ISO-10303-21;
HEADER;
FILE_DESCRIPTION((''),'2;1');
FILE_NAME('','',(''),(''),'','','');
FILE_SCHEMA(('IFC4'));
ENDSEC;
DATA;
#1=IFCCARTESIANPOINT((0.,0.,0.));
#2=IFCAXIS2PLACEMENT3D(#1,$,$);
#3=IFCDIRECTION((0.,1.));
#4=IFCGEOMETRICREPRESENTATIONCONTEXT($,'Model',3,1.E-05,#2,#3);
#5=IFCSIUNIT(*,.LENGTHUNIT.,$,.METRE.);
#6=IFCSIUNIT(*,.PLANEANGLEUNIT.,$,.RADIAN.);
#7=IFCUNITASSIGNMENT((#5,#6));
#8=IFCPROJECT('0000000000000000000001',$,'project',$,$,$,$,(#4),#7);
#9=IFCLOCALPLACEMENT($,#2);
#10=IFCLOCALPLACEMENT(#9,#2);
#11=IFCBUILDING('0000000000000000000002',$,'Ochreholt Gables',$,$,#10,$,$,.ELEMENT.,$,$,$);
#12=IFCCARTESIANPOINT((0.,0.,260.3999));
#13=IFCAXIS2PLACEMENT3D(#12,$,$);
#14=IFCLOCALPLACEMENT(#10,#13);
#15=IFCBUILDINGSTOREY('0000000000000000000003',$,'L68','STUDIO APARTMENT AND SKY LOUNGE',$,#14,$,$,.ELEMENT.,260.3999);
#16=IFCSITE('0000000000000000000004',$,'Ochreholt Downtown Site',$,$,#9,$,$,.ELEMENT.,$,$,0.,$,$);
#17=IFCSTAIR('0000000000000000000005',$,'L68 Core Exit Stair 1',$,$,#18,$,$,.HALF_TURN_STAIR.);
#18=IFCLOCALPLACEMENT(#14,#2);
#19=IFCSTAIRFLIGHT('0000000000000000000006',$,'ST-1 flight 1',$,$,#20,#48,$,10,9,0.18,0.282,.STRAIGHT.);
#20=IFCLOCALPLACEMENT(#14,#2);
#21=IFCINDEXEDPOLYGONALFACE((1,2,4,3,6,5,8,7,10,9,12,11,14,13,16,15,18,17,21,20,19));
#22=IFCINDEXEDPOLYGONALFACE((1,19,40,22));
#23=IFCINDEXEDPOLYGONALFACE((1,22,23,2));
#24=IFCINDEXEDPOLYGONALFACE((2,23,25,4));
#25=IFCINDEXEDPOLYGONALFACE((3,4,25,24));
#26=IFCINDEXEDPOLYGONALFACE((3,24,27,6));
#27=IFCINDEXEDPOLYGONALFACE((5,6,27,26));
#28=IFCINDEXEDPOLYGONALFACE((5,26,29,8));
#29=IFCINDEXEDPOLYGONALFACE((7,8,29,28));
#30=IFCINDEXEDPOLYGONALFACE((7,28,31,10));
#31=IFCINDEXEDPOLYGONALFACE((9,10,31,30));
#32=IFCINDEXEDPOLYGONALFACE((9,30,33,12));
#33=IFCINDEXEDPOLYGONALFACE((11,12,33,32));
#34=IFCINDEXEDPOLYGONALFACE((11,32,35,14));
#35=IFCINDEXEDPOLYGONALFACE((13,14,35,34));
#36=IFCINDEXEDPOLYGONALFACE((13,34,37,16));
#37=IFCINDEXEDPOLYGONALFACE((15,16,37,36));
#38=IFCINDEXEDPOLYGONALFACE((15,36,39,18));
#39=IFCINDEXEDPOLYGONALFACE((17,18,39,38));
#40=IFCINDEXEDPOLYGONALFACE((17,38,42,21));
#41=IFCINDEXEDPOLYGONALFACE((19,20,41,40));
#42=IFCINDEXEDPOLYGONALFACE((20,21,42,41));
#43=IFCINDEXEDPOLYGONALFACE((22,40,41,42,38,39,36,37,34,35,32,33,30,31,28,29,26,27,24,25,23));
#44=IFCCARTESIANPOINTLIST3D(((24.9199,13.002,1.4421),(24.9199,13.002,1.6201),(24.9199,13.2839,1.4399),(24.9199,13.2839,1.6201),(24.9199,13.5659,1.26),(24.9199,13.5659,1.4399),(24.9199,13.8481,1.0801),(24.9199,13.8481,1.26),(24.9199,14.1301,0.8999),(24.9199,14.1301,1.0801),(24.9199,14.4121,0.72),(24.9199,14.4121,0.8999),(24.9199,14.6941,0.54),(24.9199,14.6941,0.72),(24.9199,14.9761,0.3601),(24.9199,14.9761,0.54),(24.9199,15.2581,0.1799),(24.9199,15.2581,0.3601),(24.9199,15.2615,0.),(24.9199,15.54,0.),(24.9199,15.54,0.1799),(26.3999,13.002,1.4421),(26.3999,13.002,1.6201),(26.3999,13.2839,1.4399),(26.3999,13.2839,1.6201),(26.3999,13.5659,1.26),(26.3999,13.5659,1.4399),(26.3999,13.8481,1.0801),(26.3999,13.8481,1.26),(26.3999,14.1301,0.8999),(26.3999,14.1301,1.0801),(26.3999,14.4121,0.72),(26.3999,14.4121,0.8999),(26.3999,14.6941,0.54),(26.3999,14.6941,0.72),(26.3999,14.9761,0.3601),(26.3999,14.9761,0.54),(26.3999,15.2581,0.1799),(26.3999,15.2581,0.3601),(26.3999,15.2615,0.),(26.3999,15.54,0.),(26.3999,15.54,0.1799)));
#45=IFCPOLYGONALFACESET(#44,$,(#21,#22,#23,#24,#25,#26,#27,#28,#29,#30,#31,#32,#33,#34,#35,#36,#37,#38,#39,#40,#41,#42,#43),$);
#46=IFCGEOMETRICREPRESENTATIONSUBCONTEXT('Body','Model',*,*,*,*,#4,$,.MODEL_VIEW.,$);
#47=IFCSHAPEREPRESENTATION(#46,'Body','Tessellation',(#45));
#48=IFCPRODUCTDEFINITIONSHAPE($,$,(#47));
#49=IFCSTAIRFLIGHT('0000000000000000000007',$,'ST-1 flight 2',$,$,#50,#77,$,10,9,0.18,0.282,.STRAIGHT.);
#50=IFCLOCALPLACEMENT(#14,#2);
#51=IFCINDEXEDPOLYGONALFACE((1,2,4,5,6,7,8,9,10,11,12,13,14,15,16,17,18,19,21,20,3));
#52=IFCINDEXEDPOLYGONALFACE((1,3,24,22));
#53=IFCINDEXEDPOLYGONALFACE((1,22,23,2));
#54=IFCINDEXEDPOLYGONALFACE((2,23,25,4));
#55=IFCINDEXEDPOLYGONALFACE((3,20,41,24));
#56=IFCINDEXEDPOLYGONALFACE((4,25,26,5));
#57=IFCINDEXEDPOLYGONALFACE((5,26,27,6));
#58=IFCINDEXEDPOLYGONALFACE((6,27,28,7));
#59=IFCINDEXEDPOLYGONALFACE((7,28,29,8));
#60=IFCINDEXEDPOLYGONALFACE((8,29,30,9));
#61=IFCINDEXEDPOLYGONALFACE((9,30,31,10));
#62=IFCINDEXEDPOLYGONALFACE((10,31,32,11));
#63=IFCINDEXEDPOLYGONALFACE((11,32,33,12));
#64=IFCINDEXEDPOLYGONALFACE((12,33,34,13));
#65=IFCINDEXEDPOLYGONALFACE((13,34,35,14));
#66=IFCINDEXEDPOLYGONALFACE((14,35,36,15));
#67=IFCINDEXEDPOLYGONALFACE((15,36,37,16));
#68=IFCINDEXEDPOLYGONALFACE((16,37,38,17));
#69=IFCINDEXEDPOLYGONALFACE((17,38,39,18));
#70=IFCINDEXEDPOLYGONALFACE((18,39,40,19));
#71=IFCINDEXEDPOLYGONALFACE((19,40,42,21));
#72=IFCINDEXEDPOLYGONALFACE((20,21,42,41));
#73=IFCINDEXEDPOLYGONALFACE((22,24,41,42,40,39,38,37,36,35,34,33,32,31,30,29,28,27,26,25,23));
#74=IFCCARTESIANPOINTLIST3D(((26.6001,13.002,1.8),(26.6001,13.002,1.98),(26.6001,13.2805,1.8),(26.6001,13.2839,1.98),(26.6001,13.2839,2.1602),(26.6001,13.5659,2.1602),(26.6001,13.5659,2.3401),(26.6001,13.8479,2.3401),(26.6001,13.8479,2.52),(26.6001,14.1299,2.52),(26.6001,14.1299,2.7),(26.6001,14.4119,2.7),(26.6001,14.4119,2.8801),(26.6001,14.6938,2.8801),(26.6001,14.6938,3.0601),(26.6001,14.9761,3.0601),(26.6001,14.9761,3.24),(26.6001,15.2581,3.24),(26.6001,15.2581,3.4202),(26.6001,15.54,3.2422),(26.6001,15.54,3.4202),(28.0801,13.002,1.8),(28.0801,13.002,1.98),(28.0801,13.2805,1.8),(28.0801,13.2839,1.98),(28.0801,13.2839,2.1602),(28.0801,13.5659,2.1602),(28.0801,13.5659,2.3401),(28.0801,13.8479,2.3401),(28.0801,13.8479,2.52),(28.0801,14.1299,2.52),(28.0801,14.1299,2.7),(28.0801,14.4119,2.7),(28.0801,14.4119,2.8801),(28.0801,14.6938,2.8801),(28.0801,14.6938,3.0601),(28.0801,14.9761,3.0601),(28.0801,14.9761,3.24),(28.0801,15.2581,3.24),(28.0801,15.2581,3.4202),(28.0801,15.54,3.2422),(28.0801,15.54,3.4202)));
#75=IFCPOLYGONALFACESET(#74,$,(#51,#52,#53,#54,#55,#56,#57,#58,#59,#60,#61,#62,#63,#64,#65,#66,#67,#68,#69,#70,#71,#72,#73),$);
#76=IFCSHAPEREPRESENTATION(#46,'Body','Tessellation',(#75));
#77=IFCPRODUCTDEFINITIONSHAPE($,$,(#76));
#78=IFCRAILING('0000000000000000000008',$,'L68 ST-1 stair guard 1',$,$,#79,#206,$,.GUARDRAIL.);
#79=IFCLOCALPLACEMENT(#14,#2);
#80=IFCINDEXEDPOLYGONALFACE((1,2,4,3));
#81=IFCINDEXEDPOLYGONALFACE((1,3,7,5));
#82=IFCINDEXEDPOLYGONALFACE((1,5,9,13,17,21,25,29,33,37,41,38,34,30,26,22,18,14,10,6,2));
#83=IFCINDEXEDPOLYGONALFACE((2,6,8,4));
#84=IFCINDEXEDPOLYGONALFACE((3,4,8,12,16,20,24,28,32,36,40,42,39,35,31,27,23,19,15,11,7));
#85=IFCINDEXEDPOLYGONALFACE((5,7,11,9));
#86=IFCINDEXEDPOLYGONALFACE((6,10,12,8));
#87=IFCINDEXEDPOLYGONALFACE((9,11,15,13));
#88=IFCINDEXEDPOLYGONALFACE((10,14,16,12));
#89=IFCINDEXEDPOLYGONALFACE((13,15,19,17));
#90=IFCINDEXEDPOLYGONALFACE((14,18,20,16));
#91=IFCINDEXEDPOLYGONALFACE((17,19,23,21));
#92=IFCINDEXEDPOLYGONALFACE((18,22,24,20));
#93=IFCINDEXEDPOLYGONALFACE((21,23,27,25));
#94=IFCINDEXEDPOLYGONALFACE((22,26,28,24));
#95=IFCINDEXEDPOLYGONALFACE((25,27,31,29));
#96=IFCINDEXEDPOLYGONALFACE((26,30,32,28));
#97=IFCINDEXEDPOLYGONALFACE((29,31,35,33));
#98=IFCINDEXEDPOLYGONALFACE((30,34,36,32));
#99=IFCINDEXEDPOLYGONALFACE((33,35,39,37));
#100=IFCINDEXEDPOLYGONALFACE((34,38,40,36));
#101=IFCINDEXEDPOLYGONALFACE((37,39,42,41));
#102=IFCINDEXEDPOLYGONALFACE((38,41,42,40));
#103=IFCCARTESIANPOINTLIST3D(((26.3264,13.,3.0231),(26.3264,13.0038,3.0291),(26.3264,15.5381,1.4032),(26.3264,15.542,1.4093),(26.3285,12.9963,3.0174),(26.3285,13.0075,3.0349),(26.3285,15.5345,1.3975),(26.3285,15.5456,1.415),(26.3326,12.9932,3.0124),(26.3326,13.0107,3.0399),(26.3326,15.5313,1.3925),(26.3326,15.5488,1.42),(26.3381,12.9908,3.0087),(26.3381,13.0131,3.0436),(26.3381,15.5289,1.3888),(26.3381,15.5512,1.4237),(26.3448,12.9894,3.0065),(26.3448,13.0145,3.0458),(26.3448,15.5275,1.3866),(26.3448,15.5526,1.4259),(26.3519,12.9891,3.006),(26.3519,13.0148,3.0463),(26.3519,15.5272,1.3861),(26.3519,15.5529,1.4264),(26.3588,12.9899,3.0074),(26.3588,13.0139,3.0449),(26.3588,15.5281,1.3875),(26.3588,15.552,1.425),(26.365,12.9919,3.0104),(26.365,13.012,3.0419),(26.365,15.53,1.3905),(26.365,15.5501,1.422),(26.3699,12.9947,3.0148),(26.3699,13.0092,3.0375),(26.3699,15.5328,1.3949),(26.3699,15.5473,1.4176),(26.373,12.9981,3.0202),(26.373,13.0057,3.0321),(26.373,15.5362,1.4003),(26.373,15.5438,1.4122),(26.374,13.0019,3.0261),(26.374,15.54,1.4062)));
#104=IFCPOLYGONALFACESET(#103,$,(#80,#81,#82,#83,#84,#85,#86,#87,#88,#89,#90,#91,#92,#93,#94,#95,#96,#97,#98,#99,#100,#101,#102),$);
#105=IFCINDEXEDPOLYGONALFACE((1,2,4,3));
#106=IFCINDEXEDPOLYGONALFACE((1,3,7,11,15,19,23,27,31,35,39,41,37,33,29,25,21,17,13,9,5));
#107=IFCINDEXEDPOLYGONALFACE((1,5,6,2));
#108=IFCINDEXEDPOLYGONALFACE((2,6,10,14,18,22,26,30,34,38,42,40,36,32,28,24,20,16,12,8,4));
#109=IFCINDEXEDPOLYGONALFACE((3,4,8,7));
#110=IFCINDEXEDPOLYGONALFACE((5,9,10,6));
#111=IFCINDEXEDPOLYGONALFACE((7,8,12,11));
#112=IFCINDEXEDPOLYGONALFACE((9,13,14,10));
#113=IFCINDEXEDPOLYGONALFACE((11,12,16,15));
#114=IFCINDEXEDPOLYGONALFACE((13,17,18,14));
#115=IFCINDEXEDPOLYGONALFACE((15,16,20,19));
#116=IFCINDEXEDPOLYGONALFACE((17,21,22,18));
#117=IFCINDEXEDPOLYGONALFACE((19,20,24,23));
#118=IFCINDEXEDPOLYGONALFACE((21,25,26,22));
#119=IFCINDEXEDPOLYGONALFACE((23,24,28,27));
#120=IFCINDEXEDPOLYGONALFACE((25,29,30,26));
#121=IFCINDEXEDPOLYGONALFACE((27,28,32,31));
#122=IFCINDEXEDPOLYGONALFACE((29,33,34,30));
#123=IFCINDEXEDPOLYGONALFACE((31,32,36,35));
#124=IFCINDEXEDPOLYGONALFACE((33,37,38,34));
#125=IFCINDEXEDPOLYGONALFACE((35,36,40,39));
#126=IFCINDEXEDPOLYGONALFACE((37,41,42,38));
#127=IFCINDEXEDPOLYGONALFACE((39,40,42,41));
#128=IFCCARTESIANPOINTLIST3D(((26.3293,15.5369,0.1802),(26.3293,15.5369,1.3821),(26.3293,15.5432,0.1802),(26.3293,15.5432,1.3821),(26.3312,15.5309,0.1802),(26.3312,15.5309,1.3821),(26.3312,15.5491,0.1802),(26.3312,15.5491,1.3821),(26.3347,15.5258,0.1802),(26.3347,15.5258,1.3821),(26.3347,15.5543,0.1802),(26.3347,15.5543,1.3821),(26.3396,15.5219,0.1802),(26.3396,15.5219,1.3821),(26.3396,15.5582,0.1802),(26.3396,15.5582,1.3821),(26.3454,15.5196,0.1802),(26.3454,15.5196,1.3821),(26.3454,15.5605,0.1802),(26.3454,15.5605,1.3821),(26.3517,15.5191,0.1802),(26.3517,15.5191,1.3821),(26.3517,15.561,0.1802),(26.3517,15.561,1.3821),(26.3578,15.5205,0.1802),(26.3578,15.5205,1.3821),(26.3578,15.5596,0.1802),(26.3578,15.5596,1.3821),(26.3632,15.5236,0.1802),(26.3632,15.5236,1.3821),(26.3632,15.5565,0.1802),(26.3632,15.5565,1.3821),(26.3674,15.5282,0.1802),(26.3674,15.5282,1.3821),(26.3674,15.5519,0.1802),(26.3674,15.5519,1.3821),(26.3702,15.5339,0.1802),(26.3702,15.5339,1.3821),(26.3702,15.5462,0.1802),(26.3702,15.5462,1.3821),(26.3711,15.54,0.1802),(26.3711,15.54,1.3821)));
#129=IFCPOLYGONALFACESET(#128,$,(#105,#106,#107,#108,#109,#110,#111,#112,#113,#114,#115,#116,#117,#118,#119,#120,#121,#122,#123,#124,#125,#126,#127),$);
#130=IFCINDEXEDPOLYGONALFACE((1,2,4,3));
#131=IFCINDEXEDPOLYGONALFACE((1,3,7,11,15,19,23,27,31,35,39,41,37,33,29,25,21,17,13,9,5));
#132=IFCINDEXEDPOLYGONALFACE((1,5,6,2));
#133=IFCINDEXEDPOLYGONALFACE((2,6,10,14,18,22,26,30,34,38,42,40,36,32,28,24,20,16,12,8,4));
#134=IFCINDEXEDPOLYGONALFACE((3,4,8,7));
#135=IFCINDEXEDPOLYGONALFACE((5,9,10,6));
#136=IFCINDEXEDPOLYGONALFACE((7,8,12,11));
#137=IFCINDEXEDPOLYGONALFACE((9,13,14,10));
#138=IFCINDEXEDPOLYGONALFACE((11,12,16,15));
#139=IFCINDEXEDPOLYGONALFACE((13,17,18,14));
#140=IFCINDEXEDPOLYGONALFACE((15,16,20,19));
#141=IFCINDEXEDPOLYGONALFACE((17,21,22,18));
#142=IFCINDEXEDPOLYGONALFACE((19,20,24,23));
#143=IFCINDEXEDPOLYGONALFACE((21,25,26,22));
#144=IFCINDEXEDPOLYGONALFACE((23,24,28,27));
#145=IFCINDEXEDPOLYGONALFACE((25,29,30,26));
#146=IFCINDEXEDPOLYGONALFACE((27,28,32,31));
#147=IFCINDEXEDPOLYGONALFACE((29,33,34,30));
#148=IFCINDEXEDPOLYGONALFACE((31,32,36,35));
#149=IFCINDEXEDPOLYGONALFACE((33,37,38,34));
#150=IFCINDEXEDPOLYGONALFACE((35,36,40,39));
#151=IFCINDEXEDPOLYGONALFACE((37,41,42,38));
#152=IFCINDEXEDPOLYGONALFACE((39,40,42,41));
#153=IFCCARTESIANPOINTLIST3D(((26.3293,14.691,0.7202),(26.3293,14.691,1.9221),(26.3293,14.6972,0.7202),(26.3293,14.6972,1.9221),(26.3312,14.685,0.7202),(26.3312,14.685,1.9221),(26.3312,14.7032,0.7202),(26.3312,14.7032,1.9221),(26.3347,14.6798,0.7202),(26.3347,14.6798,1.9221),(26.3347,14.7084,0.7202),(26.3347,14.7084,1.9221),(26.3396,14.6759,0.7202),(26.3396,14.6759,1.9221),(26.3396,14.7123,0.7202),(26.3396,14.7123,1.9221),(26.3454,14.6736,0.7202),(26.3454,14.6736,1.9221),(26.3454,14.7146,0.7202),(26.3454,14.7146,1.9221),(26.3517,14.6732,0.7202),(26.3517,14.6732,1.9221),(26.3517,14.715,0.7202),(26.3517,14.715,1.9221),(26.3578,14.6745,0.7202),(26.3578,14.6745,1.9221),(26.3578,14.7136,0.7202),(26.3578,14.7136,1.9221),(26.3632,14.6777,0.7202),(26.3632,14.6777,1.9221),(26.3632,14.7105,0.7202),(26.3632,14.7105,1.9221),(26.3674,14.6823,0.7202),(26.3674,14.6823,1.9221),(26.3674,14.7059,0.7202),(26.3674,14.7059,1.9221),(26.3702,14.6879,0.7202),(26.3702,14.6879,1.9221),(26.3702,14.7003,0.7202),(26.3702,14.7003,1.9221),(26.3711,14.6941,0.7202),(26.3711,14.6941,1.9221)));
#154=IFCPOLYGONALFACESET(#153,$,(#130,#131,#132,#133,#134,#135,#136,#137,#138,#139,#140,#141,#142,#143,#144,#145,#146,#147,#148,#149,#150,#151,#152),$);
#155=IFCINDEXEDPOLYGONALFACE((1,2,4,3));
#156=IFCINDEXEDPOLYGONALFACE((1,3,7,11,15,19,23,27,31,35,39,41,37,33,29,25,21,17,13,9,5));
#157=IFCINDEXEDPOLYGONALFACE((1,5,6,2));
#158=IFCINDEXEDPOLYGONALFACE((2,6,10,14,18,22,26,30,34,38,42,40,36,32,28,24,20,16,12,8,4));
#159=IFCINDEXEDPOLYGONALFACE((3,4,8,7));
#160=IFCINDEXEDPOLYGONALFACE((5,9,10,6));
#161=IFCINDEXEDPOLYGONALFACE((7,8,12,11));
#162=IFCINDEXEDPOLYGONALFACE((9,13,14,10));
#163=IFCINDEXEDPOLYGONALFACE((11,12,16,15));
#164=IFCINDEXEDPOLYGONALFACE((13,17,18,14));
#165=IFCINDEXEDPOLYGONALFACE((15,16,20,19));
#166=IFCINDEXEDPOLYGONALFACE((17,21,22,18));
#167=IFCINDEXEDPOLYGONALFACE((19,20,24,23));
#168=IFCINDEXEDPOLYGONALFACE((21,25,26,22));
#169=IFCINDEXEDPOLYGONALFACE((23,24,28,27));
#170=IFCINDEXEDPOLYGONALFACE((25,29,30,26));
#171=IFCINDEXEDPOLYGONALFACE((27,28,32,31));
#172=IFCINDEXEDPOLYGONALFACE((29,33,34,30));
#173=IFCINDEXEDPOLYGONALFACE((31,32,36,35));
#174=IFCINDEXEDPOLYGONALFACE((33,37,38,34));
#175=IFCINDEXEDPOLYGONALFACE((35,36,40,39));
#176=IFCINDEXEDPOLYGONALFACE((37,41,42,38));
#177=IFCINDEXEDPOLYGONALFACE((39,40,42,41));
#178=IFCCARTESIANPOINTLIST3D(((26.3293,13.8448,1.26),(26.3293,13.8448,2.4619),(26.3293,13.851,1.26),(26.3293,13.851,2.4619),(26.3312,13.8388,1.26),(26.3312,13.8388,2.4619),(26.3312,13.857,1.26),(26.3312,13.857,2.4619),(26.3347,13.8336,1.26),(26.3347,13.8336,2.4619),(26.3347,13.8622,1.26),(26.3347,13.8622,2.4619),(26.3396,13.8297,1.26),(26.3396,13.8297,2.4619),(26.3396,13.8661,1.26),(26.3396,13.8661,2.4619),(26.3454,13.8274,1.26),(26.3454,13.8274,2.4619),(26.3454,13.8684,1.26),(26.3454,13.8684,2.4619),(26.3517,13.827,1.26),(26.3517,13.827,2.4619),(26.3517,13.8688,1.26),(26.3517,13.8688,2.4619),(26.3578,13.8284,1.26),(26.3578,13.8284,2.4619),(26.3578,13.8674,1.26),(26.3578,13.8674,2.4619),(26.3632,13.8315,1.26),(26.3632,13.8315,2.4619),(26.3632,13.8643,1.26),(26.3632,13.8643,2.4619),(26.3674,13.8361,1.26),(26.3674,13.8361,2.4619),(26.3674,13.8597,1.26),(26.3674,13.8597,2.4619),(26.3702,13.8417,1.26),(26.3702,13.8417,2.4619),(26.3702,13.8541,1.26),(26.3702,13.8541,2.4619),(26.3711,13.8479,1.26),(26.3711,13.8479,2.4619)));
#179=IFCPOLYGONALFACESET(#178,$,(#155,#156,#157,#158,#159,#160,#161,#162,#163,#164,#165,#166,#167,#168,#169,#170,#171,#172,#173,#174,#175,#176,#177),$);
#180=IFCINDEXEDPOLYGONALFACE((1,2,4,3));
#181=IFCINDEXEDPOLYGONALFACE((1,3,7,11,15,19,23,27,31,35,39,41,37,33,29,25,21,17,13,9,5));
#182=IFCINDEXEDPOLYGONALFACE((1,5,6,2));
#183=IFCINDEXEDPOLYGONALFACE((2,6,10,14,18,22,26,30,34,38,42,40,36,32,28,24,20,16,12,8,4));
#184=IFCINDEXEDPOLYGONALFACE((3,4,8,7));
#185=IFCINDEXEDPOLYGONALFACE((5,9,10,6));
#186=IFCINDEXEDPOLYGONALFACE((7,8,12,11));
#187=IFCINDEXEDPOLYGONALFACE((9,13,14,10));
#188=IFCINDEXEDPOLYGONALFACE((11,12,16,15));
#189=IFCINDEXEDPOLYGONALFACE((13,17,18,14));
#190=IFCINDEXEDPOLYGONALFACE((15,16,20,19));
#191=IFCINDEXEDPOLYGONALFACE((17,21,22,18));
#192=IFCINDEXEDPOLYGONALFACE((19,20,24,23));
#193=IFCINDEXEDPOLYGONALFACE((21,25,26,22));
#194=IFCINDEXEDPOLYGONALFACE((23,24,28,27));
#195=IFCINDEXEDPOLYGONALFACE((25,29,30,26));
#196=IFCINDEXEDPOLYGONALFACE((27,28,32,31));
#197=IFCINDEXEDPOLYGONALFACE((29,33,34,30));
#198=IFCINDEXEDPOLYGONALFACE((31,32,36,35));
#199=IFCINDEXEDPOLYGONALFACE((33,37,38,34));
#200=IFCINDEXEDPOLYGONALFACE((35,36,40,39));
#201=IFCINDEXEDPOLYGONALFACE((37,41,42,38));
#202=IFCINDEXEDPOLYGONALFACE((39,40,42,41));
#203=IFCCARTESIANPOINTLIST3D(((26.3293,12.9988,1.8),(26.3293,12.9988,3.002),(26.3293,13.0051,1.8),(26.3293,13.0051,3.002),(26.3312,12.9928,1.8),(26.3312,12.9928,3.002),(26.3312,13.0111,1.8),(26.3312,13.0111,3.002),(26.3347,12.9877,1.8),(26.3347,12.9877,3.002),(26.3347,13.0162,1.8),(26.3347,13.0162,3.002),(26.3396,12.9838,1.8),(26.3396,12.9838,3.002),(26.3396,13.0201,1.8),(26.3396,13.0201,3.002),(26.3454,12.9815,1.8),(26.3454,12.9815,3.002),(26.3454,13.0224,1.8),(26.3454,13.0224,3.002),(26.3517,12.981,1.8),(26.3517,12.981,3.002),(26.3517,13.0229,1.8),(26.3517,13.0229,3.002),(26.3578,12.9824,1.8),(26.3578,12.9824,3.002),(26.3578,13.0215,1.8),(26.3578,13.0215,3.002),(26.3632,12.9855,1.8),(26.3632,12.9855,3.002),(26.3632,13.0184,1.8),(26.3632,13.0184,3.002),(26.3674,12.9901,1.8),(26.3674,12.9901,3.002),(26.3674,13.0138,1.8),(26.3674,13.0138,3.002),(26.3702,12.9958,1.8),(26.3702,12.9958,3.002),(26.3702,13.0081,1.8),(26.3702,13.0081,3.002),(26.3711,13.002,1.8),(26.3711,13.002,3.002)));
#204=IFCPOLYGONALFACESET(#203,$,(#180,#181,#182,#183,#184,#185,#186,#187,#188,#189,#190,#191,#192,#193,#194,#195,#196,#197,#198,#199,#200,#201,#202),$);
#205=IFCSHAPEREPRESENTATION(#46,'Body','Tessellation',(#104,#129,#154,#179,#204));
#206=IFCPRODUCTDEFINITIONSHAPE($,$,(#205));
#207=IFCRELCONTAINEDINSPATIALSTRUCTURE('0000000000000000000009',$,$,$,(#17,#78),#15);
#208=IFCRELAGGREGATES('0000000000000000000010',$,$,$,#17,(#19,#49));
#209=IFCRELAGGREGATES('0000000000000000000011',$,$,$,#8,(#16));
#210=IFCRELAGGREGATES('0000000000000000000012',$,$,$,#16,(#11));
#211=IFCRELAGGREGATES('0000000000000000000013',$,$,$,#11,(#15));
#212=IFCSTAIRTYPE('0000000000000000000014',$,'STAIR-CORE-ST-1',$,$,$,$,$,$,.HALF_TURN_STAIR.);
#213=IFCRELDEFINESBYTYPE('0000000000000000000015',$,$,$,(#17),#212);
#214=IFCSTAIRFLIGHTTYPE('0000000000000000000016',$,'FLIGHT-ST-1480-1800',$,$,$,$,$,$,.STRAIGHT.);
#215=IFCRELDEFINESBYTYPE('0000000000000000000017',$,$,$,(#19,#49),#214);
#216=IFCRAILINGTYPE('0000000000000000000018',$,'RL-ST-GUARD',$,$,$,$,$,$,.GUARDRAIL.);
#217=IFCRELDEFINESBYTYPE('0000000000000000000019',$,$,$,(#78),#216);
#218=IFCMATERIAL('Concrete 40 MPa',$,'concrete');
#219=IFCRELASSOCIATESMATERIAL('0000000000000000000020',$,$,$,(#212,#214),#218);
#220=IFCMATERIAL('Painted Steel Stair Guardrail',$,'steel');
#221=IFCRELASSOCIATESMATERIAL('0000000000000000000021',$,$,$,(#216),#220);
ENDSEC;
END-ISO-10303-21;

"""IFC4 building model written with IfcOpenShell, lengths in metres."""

from ifc_helpers import new_model, si_unit, direction, frame, origin, origin_2d, place, context, subcontext, project, spatial, polyline, circle, outline, extrude, material, type_object, element, aggregate, save


model = new_model("IFC4")

# Units and contexts
model_context = context("Model", 3, precision=1e-05, world=origin(), true_north=direction((0.0, 1.0)))
body_context = subcontext(model_context, "Body", "Model", "MODEL_VIEW")
ifc_project = project(units=[si_unit("LENGTHUNIT", "METRE"), si_unit("PLANEANGLEUNIT", "RADIAN")], contexts=[model_context])

# Site, building, storey
site_placement = place(None, origin())
site = spatial("IfcSite", under=ifc_project, at=site_placement, Name="Ochreholt Downtown Site", CompositionType="ELEMENT", RefElevation=0.0)
building_placement = place(site_placement, origin())
building = spatial("IfcBuilding", under=site, at=building_placement, Name="Ochreholt Gables", CompositionType="ELEMENT")
storey_placement = place(building_placement, frame((0.0, 0.0, 260.3999)))
storey = spatial("IfcBuildingStorey", under=building, at=storey_placement, Name="L68", Description="STUDIO APARTMENT AND SKY LOUNGE", CompositionType="ELEMENT", Elevation=260.3999)

# Shared definitions
ifc_material_1 = material(Name="Concrete 40 MPa", Category="concrete")

# Stair, stair flights
stair_type = type_object("IfcStairType", Name="STAIR-CORE-ST-1", PredefinedType="HALF_TURN_STAIR", material=ifc_material_1)
stair_placement = place(storey_placement, origin())
stair = element("IfcStair", 1, at=stair_placement, inside=storey, type_object=stair_type, Name="L68 Core Exit Stair 1", PredefinedType="HALF_TURN_STAIR")
stair_flight_type = type_object("IfcStairFlightType", Name="FLIGHT-ST-1480-1800", PredefinedType="STRAIGHT", material=ifc_material_1)
stair_flight_1_placement = place(storey_placement, frame((25.6599, 15.54, 0.0), z_axis=(0.0, 0.0, 1.0), x_axis=(0.0, -1.0, 0.0)))
stair_flight_1 = element("IfcStairFlight", 2, at=stair_flight_1_placement, type_object=stair_flight_type, Name="ST-1 flight 1", NumberOfRisers=10, NumberOfTreads=9, PredefinedType="STRAIGHT", RiserHeight=0.18, TreadLength=0.282, context=body_context, shape_type="SweptSolid", body=[
    extrude(outline(polyline([(0.0, 0.0), (0.0, 0.1799), (0.282, 0.1799), (0.282, 0.3601), (0.564, 0.3601), (0.564, 0.54), (0.8459, 0.54), (0.8459, 0.72), (1.1279, 0.72), (1.1279, 0.8999), (1.4099, 0.8999), (1.4099, 1.0801), (1.6919, 1.0801), (1.6919, 1.26), (1.9741, 1.26), (1.9741, 1.4399), (2.2561, 1.4399), (2.2561, 1.6201), (2.5381, 1.6201), (2.5381, 1.8), (2.5381, 1.4421), (0.2786, 0.0), (0.0, 0.0)])), frame((0.0, 0.74, 0.0), z_axis=(0.0, -1.0, 0.0), x_axis=(1.0, 0.0, 0.0)), (0.0, 0.0, 1.0), 1.48),
])
stair_flight_2_placement = place(storey_placement, frame((27.3401, 13.002, 1.8), z_axis=(0.0, 0.0, 1.0), x_axis=(0.0, 1.0, 0.0)))
stair_flight_2 = element("IfcStairFlight", 3, at=stair_flight_2_placement, type_object=stair_flight_type, Name="ST-1 flight 2", NumberOfRisers=10, NumberOfTreads=9, PredefinedType="STRAIGHT", RiserHeight=0.18, TreadLength=0.282, context=body_context, shape_type="SweptSolid", body=[
    extrude(outline(polyline([(0.0, 0.0), (0.0, 0.1799), (0.282, 0.1799), (0.282, 0.3601), (0.564, 0.3601), (0.564, 0.54), (0.8459, 0.54), (0.8459, 0.72), (1.1279, 0.72), (1.1279, 0.8999), (1.4099, 0.8999), (1.4099, 1.0801), (1.6919, 1.0801), (1.6919, 1.26), (1.9741, 1.26), (1.9741, 1.4399), (2.2561, 1.4399), (2.2561, 1.6201), (2.5381, 1.6201), (2.5381, 1.8), (2.5381, 1.4421), (0.2786, 0.0), (0.0, 0.0)])), frame((0.0, 0.74, 0.0), z_axis=(0.0, -1.0, 0.0), x_axis=(1.0, 0.0, 0.0)), (0.0, 0.0, 1.0), 1.48),
])
aggregate(stair, [stair_flight_1, stair_flight_2])

# Railing
ifc_material_2 = material(Name="Painted Steel Stair Guardrail", Category="steel")
railing_type_1 = type_object("IfcRailingType", Name="RL-ST-GUARD", PredefinedType="GUARDRAIL", material=ifc_material_2)
railing_1_placement = place(storey_placement, frame((26.3501, 15.54, 0.1802)))
element("IfcRailing", 4, at=railing_1_placement, inside=storey, type_object=railing_type_1, Name="L68 ST-1 stair guard 1", PredefinedType="GUARDRAIL", context=body_context, shape_type="SweptSolid", body=[
    extrude(circle(Radius=0.0239, at=origin_2d()), frame((0.0, 0.0, 1.2261), z_axis=(0.0, -0.84295, 0.537993), x_axis=(1.0, 0.0, 0.0)), (0.0, 0.0, 1.0), 3.011),
    extrude(circle(Radius=0.021, at=origin_2d()), origin(), (0.0, 0.0, 1.0), 1.2019),
    extrude(circle(Radius=0.021, at=origin_2d()), frame((0.0, -0.8459, 0.54)), (0.0, 0.0, 1.0), 1.2019),
    extrude(circle(Radius=0.021, at=origin_2d()), frame((0.0, -1.6921, 1.0798)), (0.0, 0.0, 1.0), 1.2019),
    extrude(circle(Radius=0.021, at=origin_2d()), frame((0.0, -2.5381, 1.6199)), (0.0, 0.0, 1.0), 1.2019),
])

save(model, "model.ifc")
